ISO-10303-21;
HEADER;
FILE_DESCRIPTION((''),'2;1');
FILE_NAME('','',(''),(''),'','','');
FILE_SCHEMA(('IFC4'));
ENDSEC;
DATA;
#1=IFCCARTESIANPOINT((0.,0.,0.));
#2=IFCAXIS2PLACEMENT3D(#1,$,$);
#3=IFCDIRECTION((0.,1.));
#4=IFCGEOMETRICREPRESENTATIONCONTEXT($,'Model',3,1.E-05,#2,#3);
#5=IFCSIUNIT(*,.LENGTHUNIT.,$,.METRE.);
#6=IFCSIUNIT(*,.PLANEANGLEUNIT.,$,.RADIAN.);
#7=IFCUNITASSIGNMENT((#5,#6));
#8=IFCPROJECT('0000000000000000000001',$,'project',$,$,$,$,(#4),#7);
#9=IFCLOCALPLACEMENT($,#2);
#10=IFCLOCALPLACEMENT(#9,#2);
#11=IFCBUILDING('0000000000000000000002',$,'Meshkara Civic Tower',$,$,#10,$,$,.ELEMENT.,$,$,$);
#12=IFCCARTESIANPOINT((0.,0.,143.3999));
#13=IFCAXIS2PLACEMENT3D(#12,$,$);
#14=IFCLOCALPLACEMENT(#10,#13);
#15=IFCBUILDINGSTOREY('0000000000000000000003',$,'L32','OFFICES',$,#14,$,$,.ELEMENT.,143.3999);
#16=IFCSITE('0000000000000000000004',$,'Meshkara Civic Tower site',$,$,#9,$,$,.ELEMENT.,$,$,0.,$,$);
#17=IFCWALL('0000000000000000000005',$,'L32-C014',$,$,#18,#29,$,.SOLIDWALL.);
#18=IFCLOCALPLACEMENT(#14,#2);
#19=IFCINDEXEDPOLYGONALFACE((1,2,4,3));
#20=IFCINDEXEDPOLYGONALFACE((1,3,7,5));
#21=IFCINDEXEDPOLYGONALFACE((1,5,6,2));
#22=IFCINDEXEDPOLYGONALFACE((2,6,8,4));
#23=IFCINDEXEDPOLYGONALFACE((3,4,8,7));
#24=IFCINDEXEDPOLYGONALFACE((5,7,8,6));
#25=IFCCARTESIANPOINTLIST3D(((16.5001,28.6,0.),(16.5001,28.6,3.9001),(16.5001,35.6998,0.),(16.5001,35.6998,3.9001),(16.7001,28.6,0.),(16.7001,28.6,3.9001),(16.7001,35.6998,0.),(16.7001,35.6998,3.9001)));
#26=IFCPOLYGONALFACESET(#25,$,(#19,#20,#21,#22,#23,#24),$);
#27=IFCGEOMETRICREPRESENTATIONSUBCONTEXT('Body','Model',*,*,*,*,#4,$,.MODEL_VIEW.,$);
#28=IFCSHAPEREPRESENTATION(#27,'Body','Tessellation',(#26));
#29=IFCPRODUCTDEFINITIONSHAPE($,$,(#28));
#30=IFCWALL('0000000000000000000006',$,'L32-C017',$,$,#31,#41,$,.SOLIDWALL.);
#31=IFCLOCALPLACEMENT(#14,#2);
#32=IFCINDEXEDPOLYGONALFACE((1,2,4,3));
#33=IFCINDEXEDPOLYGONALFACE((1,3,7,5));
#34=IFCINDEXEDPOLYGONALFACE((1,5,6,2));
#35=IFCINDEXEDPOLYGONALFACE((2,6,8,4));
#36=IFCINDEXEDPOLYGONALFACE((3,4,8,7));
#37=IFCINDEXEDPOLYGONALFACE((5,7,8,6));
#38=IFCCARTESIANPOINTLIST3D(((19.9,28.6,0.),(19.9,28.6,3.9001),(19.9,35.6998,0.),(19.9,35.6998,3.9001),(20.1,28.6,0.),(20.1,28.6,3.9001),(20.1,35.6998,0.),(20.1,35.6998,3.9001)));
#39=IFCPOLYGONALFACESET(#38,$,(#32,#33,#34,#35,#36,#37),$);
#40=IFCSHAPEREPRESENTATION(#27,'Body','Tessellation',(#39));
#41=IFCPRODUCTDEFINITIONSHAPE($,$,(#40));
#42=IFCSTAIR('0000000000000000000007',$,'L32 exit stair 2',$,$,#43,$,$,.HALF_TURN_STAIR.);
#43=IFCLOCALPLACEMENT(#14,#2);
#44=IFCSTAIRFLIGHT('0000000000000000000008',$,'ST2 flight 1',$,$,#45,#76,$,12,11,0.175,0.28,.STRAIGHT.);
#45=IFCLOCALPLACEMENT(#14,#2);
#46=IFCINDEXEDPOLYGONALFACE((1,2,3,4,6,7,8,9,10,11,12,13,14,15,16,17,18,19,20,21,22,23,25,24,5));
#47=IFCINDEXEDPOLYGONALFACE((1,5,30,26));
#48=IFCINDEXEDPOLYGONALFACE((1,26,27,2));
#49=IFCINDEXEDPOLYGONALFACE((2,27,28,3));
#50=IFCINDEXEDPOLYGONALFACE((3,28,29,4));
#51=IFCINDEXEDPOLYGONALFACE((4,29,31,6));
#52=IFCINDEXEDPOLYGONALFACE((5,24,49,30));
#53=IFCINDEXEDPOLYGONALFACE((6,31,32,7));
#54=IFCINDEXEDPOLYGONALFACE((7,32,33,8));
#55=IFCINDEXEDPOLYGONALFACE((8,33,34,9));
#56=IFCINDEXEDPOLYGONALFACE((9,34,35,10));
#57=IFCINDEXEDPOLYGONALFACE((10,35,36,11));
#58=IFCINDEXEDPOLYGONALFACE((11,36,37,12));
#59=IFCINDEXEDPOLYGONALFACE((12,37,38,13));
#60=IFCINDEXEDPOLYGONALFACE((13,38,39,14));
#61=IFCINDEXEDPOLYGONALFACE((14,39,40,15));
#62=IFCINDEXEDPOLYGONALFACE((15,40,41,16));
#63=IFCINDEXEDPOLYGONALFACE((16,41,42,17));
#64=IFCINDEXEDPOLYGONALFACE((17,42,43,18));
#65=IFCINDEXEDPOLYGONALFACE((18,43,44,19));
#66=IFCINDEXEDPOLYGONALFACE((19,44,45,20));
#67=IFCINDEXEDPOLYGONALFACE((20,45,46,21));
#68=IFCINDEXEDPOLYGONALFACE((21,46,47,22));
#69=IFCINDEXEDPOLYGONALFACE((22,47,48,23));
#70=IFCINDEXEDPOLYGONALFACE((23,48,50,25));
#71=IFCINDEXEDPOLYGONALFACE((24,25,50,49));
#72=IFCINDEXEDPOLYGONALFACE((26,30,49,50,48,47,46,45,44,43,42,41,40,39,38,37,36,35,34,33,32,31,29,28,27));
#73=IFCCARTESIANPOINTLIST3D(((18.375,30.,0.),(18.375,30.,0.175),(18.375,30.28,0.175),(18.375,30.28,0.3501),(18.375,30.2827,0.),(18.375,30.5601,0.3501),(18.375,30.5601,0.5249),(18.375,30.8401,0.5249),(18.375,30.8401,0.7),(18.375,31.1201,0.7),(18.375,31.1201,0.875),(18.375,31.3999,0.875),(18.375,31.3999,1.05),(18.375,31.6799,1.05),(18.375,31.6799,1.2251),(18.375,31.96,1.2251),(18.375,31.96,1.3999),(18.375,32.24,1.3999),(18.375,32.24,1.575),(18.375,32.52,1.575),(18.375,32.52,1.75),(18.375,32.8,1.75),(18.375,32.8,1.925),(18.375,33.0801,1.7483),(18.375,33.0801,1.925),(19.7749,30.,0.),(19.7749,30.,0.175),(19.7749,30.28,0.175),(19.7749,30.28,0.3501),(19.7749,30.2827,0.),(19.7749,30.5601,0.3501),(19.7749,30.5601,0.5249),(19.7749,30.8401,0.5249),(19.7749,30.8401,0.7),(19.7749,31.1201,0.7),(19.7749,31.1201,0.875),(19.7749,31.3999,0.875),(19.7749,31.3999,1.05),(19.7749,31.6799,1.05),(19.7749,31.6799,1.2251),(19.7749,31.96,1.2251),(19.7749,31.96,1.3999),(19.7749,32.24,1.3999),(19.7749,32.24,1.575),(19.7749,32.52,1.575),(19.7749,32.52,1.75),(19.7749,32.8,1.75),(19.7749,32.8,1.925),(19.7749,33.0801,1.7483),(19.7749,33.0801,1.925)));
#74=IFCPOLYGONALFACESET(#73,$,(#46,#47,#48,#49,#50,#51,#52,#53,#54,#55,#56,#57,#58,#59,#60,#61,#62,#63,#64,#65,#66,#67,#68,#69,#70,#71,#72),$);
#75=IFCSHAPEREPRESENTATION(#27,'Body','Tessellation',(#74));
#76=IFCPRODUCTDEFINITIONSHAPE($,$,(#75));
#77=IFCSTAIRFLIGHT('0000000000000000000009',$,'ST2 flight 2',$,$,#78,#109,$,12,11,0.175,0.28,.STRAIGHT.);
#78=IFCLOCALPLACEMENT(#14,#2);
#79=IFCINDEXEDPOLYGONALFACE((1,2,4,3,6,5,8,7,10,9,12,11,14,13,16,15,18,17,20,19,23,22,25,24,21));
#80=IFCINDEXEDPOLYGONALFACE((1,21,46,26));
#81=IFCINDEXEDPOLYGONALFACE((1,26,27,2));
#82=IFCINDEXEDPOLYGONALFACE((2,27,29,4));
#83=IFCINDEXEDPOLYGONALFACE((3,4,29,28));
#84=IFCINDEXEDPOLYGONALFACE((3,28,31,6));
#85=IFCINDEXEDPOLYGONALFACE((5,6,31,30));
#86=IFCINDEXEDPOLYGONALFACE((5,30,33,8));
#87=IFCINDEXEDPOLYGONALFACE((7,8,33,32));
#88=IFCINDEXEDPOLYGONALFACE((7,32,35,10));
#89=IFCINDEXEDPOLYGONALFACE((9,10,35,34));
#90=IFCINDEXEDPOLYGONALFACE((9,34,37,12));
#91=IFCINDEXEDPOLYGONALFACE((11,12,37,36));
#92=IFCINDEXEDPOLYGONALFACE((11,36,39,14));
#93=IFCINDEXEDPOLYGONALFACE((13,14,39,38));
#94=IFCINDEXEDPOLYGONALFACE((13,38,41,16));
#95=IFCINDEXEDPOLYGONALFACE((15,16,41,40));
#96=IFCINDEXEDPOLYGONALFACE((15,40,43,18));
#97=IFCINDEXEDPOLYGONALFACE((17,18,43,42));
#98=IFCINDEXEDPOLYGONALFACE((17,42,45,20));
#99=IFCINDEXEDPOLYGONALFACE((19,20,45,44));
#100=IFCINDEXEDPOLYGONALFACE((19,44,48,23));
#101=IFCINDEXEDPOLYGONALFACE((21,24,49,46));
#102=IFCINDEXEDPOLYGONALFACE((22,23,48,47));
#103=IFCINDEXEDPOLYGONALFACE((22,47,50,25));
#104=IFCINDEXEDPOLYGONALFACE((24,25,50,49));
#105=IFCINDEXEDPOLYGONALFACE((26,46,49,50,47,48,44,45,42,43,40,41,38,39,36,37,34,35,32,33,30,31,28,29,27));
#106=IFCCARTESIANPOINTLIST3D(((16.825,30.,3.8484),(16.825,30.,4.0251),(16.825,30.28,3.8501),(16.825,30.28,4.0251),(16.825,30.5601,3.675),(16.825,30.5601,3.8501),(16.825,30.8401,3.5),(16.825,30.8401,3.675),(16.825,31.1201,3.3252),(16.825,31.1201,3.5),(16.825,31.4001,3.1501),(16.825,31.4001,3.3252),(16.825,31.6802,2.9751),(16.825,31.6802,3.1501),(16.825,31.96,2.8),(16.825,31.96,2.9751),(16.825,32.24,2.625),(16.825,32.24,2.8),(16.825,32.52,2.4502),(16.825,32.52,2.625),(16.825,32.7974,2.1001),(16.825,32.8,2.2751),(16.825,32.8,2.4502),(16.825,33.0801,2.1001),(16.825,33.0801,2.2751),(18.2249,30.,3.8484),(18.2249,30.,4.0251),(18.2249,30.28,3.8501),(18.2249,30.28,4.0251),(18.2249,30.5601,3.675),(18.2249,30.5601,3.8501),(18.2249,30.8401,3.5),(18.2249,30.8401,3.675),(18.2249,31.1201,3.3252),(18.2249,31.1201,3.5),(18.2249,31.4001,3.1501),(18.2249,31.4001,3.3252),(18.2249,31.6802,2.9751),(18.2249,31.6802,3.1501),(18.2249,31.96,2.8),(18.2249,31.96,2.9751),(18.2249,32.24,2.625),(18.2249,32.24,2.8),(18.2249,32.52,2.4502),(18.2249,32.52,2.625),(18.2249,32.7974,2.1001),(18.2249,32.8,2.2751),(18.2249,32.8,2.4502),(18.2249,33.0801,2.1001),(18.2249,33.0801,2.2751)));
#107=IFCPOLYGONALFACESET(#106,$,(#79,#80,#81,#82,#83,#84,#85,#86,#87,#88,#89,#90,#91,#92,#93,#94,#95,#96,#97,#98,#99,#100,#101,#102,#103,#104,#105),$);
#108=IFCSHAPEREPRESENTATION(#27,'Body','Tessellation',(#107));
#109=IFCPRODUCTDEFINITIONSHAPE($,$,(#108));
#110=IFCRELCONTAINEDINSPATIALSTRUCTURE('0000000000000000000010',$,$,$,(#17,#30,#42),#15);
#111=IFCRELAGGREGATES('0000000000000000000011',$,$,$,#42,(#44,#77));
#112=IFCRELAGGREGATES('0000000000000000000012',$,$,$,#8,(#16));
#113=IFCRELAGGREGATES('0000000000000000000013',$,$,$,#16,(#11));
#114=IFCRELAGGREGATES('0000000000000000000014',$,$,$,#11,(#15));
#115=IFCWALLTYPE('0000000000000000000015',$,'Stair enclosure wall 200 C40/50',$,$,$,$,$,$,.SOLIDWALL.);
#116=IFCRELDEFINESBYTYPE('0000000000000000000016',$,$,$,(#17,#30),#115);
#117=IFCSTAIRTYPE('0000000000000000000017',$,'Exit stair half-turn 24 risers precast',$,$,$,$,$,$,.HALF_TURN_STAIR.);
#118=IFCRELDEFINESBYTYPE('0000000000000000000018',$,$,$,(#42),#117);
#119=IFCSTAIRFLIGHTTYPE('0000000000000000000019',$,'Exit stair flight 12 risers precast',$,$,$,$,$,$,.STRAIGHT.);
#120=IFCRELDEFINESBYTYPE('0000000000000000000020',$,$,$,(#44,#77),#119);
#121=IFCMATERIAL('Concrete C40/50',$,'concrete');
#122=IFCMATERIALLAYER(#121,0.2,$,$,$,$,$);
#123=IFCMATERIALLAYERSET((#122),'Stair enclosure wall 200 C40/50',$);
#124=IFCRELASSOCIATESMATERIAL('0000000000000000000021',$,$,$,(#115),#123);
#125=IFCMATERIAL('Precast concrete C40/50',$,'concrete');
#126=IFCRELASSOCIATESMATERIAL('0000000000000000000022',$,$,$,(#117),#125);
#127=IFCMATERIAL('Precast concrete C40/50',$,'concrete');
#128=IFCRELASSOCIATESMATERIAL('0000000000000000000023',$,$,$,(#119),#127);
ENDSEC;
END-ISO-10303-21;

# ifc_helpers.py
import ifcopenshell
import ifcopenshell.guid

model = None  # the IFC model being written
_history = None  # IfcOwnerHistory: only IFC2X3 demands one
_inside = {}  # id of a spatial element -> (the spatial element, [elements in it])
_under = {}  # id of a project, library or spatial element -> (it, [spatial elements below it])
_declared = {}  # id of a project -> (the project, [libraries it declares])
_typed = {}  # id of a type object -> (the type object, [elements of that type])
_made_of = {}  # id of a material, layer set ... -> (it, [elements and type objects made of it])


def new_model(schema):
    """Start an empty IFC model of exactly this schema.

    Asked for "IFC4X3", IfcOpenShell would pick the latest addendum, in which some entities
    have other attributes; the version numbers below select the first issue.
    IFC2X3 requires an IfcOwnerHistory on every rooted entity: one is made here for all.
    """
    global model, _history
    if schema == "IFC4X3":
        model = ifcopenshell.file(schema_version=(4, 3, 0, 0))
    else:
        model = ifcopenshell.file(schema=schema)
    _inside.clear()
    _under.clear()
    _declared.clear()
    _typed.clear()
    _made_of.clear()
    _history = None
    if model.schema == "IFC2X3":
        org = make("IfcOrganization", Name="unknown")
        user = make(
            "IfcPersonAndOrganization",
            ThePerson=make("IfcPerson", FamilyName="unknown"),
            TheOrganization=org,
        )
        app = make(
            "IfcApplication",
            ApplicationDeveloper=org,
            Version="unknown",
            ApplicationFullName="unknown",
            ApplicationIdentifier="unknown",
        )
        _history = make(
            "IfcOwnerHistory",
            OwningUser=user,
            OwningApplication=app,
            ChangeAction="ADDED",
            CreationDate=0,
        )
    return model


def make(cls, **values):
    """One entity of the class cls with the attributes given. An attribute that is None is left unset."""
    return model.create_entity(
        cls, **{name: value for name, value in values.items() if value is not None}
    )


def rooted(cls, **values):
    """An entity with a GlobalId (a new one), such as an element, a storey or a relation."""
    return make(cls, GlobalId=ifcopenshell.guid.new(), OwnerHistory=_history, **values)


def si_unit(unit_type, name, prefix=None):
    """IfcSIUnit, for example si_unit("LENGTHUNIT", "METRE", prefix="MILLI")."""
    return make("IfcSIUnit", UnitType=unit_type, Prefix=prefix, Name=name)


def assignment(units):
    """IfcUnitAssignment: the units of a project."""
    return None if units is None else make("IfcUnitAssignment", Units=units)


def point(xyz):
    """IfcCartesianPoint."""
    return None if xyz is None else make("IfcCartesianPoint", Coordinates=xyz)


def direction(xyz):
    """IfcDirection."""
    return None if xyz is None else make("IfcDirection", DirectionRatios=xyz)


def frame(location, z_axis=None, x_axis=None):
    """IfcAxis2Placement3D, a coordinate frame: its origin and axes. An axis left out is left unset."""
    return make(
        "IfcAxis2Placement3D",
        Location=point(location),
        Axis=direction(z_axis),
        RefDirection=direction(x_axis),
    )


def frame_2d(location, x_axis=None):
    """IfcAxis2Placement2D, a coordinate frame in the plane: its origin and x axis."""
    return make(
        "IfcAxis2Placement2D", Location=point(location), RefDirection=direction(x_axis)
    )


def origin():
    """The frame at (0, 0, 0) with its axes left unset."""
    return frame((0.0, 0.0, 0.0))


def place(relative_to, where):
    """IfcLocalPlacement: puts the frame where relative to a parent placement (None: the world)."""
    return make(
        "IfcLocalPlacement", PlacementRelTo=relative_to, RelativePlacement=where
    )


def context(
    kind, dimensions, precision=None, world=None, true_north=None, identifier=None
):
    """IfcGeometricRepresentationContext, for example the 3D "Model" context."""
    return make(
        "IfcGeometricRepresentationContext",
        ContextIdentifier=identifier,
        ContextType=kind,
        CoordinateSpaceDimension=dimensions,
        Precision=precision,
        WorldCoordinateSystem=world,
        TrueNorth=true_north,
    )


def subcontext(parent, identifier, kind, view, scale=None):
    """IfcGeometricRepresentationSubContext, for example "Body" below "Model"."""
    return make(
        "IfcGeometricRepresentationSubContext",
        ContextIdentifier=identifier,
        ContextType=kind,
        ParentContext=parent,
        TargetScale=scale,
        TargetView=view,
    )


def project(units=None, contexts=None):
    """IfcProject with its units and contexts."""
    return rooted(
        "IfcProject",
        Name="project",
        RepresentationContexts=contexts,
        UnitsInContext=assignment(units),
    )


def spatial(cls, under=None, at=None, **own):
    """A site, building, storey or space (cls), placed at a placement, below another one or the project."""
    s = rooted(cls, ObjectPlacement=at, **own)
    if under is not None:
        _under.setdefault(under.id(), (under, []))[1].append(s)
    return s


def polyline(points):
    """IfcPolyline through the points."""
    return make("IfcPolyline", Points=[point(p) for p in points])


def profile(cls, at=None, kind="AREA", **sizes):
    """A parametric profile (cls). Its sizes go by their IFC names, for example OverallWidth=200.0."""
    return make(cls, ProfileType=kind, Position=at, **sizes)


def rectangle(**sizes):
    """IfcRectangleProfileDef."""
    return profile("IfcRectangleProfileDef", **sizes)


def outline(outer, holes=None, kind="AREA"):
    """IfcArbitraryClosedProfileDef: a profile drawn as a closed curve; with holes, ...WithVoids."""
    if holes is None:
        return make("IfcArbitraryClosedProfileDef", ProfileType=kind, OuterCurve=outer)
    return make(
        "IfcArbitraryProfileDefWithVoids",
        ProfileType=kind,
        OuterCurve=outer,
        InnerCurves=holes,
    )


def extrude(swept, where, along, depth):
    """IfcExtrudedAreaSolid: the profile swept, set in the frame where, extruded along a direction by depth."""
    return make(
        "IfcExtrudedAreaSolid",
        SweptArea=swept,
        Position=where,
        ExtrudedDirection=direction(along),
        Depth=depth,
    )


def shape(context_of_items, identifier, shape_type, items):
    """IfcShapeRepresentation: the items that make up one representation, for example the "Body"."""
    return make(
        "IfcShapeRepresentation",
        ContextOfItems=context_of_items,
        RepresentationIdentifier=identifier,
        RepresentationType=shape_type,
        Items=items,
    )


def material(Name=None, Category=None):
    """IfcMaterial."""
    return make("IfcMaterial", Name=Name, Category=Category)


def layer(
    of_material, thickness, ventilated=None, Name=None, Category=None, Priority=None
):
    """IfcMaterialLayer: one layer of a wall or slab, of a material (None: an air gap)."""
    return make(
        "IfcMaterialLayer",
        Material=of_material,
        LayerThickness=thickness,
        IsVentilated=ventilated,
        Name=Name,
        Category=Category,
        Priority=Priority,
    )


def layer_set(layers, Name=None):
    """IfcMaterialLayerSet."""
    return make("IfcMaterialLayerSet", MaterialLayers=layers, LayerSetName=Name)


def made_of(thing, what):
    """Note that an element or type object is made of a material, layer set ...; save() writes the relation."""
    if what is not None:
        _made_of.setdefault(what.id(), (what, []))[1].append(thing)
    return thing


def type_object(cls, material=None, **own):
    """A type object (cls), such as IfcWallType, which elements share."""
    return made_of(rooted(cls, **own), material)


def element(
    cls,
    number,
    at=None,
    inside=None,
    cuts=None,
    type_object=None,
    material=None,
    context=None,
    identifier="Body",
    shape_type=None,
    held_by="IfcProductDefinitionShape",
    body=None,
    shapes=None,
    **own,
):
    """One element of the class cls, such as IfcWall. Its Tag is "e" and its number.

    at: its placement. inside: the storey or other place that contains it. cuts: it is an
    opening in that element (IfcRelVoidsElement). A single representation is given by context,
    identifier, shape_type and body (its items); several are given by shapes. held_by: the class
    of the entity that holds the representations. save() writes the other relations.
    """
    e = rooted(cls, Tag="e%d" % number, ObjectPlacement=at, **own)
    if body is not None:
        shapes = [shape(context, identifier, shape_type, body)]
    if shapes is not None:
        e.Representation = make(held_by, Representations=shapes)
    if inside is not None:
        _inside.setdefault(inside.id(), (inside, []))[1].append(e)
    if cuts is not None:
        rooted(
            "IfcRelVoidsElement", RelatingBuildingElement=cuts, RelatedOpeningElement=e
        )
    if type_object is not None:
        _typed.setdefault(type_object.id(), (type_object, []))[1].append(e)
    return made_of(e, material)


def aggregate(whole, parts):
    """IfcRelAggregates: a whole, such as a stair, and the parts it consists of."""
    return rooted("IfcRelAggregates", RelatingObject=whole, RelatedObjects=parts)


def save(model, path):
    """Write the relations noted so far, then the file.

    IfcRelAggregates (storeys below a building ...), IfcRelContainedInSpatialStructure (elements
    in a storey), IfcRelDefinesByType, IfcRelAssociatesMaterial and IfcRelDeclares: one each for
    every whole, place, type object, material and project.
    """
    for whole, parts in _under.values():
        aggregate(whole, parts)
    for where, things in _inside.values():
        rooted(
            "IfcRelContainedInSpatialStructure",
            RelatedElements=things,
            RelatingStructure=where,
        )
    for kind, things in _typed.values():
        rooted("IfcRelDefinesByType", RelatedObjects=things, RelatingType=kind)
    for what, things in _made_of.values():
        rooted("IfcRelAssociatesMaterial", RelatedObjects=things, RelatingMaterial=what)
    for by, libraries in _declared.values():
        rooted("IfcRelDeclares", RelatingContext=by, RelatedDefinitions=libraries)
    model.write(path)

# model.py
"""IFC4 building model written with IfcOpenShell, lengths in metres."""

from ifc_helpers import new_model, si_unit, direction, frame, frame_2d, origin, place, context, subcontext, project, spatial, polyline, rectangle, outline, extrude, material, layer, layer_set, type_object, element, aggregate, save


model = new_model("IFC4")

# Units and contexts
model_context = context("Model", 3, precision=1e-05, world=origin(), true_north=direction((0.0, 1.0)))
body_context = subcontext(model_context, "Body", "Model", "MODEL_VIEW")
ifc_project = project(units=[si_unit("LENGTHUNIT", "METRE"), si_unit("PLANEANGLEUNIT", "RADIAN")], contexts=[model_context])

# Site, building, storey
site_placement = place(None, origin())
site = spatial("IfcSite", under=ifc_project, at=site_placement, Name="Meshkara Civic Tower site", CompositionType="ELEMENT", RefElevation=0.0)
building_placement = place(site_placement, origin())
building = spatial("IfcBuilding", under=site, at=building_placement, Name="Meshkara Civic Tower", CompositionType="ELEMENT")
storey_placement = place(building_placement, frame((0.0, 0.0, 143.3999)))
storey = spatial("IfcBuildingStorey", under=building, at=storey_placement, Name="L32", Description="OFFICES", CompositionType="ELEMENT", Elevation=143.3999)

# Walls
ifc_material_1 = material(Name="Concrete C40/50", Category="concrete")
ifc_layer_1 = layer(ifc_material_1, 0.2)
ifc_layer_set_1 = layer_set([ifc_layer_1], Name="Stair enclosure wall 200 C40/50")
wall_type_1 = type_object("IfcWallType", Name="Stair enclosure wall 200 C40/50", PredefinedType="SOLIDWALL", material=ifc_layer_set_1)
for number, where, z_axis, x_axis, name in (
    (1, (16.6001, 28.6001, 0.0), (0.0, 0.0, 1.0), (0.0, 1.0, 0.0), "L32-C014"),
    (2, (20.0, 28.6001, 0.0), (0.0, 0.0, 1.0), (0.0, 1.0, 0.0), "L32-C017"),
):
    element("IfcWall", number, at=place(storey_placement, frame(where, z_axis=z_axis, x_axis=x_axis)), inside=storey, type_object=wall_type_1, Name=name, PredefinedType="SOLIDWALL", context=body_context, shape_type="SweptSolid", body=[
        extrude(rectangle(XDim=7.0999, YDim=0.2, at=frame_2d((3.5498, 0.0))), origin(), (0.0, 0.0, 1.0), 3.9001),
    ])

# Stair, stair flights
ifc_material_2 = material(Name="Precast concrete C40/50", Category="concrete")
stair_type = type_object("IfcStairType", Name="Exit stair half-turn 24 risers precast", PredefinedType="HALF_TURN_STAIR", material=ifc_material_2)
stair_placement = place(storey_placement, origin())
stair = element("IfcStair", 3, at=stair_placement, inside=storey, type_object=stair_type, Name="L32 exit stair 2", PredefinedType="HALF_TURN_STAIR")
ifc_material_3 = material(Name="Precast concrete C40/50", Category="concrete")
stair_flight_type = type_object("IfcStairFlightType", Name="Exit stair flight 12 risers precast", PredefinedType="STRAIGHT", material=ifc_material_3)
stair_flight_1_placement = place(storey_placement, frame((19.075, 30.0, 0.0), z_axis=(0.0, 0.0, 1.0), x_axis=(0.0, 1.0, 0.0)))
stair_flight_1 = element("IfcStairFlight", 4, at=stair_flight_1_placement, type_object=stair_flight_type, Name="ST2 flight 1", NumberOfRisers=12, NumberOfTreads=11, PredefinedType="STRAIGHT", RiserHeight=0.175, TreadLength=0.28, context=body_context, shape_type="SweptSolid", body=[
    extrude(outline(polyline([(0.0, 0.0), (0.0, 0.175), (0.28, 0.175), (0.28, 0.3501), (0.5601, 0.3501), (0.5601, 0.5249), (0.8401, 0.5249), (0.8401, 0.7), (1.1201, 0.7), (1.1201, 0.875), (1.3999, 0.875), (1.3999, 1.05), (1.6799, 1.05), (1.6799, 1.2251), (1.96, 1.2251), (1.96, 1.3999), (2.24, 1.3999), (2.24, 1.575), (2.52, 1.575), (2.52, 1.75), (2.8, 1.75), (2.8, 1.925), (3.0801, 1.925), (3.0801, 2.1001), (3.0801, 1.7483), (0.2827, 0.0), (0.0, 0.0)])), frame((0.0, 0.7, 0.0), z_axis=(0.0, -1.0, 0.0), x_axis=(1.0, 0.0, 0.0)), (0.0, 0.0, 1.0), 1.3999),
])
stair_flight_2_placement = place(storey_placement, frame((17.5249, 33.0801, 2.1001), z_axis=(0.0, 0.0, 1.0), x_axis=(0.0, -1.0, 0.0)))
stair_flight_2 = element("IfcStairFlight", 5, at=stair_flight_2_placement, type_object=stair_flight_type, Name="ST2 flight 2", NumberOfRisers=12, NumberOfTreads=11, PredefinedType="STRAIGHT", RiserHeight=0.175, TreadLength=0.28, context=body_context, shape_type="SweptSolid", body=[
    extrude(outline(polyline([(0.0, 0.0), (0.0, 0.175), (0.28, 0.175), (0.28, 0.3501), (0.5601, 0.3501), (0.5601, 0.5249), (0.8401, 0.5249), (0.8401, 0.7), (1.1201, 0.7), (1.1201, 0.875), (1.3999, 0.875), (1.3999, 1.05), (1.6799, 1.05), (1.6799, 1.2251), (1.96, 1.2251), (1.96, 1.3999), (2.24, 1.3999), (2.24, 1.575), (2.52, 1.575), (2.52, 1.75), (2.8, 1.75), (2.8, 1.925), (3.0801, 1.925), (3.0801, 2.1001), (3.0801, 1.7483), (0.2827, 0.0), (0.0, 0.0)])), frame((0.0, 0.7, 0.0), z_axis=(0.0, -1.0, 0.0), x_axis=(1.0, 0.0, 0.0)), (0.0, 0.0, 1.0), 1.3999),
])
aggregate(stair, [stair_flight_1, stair_flight_2])

save(model, "model.ifc")
